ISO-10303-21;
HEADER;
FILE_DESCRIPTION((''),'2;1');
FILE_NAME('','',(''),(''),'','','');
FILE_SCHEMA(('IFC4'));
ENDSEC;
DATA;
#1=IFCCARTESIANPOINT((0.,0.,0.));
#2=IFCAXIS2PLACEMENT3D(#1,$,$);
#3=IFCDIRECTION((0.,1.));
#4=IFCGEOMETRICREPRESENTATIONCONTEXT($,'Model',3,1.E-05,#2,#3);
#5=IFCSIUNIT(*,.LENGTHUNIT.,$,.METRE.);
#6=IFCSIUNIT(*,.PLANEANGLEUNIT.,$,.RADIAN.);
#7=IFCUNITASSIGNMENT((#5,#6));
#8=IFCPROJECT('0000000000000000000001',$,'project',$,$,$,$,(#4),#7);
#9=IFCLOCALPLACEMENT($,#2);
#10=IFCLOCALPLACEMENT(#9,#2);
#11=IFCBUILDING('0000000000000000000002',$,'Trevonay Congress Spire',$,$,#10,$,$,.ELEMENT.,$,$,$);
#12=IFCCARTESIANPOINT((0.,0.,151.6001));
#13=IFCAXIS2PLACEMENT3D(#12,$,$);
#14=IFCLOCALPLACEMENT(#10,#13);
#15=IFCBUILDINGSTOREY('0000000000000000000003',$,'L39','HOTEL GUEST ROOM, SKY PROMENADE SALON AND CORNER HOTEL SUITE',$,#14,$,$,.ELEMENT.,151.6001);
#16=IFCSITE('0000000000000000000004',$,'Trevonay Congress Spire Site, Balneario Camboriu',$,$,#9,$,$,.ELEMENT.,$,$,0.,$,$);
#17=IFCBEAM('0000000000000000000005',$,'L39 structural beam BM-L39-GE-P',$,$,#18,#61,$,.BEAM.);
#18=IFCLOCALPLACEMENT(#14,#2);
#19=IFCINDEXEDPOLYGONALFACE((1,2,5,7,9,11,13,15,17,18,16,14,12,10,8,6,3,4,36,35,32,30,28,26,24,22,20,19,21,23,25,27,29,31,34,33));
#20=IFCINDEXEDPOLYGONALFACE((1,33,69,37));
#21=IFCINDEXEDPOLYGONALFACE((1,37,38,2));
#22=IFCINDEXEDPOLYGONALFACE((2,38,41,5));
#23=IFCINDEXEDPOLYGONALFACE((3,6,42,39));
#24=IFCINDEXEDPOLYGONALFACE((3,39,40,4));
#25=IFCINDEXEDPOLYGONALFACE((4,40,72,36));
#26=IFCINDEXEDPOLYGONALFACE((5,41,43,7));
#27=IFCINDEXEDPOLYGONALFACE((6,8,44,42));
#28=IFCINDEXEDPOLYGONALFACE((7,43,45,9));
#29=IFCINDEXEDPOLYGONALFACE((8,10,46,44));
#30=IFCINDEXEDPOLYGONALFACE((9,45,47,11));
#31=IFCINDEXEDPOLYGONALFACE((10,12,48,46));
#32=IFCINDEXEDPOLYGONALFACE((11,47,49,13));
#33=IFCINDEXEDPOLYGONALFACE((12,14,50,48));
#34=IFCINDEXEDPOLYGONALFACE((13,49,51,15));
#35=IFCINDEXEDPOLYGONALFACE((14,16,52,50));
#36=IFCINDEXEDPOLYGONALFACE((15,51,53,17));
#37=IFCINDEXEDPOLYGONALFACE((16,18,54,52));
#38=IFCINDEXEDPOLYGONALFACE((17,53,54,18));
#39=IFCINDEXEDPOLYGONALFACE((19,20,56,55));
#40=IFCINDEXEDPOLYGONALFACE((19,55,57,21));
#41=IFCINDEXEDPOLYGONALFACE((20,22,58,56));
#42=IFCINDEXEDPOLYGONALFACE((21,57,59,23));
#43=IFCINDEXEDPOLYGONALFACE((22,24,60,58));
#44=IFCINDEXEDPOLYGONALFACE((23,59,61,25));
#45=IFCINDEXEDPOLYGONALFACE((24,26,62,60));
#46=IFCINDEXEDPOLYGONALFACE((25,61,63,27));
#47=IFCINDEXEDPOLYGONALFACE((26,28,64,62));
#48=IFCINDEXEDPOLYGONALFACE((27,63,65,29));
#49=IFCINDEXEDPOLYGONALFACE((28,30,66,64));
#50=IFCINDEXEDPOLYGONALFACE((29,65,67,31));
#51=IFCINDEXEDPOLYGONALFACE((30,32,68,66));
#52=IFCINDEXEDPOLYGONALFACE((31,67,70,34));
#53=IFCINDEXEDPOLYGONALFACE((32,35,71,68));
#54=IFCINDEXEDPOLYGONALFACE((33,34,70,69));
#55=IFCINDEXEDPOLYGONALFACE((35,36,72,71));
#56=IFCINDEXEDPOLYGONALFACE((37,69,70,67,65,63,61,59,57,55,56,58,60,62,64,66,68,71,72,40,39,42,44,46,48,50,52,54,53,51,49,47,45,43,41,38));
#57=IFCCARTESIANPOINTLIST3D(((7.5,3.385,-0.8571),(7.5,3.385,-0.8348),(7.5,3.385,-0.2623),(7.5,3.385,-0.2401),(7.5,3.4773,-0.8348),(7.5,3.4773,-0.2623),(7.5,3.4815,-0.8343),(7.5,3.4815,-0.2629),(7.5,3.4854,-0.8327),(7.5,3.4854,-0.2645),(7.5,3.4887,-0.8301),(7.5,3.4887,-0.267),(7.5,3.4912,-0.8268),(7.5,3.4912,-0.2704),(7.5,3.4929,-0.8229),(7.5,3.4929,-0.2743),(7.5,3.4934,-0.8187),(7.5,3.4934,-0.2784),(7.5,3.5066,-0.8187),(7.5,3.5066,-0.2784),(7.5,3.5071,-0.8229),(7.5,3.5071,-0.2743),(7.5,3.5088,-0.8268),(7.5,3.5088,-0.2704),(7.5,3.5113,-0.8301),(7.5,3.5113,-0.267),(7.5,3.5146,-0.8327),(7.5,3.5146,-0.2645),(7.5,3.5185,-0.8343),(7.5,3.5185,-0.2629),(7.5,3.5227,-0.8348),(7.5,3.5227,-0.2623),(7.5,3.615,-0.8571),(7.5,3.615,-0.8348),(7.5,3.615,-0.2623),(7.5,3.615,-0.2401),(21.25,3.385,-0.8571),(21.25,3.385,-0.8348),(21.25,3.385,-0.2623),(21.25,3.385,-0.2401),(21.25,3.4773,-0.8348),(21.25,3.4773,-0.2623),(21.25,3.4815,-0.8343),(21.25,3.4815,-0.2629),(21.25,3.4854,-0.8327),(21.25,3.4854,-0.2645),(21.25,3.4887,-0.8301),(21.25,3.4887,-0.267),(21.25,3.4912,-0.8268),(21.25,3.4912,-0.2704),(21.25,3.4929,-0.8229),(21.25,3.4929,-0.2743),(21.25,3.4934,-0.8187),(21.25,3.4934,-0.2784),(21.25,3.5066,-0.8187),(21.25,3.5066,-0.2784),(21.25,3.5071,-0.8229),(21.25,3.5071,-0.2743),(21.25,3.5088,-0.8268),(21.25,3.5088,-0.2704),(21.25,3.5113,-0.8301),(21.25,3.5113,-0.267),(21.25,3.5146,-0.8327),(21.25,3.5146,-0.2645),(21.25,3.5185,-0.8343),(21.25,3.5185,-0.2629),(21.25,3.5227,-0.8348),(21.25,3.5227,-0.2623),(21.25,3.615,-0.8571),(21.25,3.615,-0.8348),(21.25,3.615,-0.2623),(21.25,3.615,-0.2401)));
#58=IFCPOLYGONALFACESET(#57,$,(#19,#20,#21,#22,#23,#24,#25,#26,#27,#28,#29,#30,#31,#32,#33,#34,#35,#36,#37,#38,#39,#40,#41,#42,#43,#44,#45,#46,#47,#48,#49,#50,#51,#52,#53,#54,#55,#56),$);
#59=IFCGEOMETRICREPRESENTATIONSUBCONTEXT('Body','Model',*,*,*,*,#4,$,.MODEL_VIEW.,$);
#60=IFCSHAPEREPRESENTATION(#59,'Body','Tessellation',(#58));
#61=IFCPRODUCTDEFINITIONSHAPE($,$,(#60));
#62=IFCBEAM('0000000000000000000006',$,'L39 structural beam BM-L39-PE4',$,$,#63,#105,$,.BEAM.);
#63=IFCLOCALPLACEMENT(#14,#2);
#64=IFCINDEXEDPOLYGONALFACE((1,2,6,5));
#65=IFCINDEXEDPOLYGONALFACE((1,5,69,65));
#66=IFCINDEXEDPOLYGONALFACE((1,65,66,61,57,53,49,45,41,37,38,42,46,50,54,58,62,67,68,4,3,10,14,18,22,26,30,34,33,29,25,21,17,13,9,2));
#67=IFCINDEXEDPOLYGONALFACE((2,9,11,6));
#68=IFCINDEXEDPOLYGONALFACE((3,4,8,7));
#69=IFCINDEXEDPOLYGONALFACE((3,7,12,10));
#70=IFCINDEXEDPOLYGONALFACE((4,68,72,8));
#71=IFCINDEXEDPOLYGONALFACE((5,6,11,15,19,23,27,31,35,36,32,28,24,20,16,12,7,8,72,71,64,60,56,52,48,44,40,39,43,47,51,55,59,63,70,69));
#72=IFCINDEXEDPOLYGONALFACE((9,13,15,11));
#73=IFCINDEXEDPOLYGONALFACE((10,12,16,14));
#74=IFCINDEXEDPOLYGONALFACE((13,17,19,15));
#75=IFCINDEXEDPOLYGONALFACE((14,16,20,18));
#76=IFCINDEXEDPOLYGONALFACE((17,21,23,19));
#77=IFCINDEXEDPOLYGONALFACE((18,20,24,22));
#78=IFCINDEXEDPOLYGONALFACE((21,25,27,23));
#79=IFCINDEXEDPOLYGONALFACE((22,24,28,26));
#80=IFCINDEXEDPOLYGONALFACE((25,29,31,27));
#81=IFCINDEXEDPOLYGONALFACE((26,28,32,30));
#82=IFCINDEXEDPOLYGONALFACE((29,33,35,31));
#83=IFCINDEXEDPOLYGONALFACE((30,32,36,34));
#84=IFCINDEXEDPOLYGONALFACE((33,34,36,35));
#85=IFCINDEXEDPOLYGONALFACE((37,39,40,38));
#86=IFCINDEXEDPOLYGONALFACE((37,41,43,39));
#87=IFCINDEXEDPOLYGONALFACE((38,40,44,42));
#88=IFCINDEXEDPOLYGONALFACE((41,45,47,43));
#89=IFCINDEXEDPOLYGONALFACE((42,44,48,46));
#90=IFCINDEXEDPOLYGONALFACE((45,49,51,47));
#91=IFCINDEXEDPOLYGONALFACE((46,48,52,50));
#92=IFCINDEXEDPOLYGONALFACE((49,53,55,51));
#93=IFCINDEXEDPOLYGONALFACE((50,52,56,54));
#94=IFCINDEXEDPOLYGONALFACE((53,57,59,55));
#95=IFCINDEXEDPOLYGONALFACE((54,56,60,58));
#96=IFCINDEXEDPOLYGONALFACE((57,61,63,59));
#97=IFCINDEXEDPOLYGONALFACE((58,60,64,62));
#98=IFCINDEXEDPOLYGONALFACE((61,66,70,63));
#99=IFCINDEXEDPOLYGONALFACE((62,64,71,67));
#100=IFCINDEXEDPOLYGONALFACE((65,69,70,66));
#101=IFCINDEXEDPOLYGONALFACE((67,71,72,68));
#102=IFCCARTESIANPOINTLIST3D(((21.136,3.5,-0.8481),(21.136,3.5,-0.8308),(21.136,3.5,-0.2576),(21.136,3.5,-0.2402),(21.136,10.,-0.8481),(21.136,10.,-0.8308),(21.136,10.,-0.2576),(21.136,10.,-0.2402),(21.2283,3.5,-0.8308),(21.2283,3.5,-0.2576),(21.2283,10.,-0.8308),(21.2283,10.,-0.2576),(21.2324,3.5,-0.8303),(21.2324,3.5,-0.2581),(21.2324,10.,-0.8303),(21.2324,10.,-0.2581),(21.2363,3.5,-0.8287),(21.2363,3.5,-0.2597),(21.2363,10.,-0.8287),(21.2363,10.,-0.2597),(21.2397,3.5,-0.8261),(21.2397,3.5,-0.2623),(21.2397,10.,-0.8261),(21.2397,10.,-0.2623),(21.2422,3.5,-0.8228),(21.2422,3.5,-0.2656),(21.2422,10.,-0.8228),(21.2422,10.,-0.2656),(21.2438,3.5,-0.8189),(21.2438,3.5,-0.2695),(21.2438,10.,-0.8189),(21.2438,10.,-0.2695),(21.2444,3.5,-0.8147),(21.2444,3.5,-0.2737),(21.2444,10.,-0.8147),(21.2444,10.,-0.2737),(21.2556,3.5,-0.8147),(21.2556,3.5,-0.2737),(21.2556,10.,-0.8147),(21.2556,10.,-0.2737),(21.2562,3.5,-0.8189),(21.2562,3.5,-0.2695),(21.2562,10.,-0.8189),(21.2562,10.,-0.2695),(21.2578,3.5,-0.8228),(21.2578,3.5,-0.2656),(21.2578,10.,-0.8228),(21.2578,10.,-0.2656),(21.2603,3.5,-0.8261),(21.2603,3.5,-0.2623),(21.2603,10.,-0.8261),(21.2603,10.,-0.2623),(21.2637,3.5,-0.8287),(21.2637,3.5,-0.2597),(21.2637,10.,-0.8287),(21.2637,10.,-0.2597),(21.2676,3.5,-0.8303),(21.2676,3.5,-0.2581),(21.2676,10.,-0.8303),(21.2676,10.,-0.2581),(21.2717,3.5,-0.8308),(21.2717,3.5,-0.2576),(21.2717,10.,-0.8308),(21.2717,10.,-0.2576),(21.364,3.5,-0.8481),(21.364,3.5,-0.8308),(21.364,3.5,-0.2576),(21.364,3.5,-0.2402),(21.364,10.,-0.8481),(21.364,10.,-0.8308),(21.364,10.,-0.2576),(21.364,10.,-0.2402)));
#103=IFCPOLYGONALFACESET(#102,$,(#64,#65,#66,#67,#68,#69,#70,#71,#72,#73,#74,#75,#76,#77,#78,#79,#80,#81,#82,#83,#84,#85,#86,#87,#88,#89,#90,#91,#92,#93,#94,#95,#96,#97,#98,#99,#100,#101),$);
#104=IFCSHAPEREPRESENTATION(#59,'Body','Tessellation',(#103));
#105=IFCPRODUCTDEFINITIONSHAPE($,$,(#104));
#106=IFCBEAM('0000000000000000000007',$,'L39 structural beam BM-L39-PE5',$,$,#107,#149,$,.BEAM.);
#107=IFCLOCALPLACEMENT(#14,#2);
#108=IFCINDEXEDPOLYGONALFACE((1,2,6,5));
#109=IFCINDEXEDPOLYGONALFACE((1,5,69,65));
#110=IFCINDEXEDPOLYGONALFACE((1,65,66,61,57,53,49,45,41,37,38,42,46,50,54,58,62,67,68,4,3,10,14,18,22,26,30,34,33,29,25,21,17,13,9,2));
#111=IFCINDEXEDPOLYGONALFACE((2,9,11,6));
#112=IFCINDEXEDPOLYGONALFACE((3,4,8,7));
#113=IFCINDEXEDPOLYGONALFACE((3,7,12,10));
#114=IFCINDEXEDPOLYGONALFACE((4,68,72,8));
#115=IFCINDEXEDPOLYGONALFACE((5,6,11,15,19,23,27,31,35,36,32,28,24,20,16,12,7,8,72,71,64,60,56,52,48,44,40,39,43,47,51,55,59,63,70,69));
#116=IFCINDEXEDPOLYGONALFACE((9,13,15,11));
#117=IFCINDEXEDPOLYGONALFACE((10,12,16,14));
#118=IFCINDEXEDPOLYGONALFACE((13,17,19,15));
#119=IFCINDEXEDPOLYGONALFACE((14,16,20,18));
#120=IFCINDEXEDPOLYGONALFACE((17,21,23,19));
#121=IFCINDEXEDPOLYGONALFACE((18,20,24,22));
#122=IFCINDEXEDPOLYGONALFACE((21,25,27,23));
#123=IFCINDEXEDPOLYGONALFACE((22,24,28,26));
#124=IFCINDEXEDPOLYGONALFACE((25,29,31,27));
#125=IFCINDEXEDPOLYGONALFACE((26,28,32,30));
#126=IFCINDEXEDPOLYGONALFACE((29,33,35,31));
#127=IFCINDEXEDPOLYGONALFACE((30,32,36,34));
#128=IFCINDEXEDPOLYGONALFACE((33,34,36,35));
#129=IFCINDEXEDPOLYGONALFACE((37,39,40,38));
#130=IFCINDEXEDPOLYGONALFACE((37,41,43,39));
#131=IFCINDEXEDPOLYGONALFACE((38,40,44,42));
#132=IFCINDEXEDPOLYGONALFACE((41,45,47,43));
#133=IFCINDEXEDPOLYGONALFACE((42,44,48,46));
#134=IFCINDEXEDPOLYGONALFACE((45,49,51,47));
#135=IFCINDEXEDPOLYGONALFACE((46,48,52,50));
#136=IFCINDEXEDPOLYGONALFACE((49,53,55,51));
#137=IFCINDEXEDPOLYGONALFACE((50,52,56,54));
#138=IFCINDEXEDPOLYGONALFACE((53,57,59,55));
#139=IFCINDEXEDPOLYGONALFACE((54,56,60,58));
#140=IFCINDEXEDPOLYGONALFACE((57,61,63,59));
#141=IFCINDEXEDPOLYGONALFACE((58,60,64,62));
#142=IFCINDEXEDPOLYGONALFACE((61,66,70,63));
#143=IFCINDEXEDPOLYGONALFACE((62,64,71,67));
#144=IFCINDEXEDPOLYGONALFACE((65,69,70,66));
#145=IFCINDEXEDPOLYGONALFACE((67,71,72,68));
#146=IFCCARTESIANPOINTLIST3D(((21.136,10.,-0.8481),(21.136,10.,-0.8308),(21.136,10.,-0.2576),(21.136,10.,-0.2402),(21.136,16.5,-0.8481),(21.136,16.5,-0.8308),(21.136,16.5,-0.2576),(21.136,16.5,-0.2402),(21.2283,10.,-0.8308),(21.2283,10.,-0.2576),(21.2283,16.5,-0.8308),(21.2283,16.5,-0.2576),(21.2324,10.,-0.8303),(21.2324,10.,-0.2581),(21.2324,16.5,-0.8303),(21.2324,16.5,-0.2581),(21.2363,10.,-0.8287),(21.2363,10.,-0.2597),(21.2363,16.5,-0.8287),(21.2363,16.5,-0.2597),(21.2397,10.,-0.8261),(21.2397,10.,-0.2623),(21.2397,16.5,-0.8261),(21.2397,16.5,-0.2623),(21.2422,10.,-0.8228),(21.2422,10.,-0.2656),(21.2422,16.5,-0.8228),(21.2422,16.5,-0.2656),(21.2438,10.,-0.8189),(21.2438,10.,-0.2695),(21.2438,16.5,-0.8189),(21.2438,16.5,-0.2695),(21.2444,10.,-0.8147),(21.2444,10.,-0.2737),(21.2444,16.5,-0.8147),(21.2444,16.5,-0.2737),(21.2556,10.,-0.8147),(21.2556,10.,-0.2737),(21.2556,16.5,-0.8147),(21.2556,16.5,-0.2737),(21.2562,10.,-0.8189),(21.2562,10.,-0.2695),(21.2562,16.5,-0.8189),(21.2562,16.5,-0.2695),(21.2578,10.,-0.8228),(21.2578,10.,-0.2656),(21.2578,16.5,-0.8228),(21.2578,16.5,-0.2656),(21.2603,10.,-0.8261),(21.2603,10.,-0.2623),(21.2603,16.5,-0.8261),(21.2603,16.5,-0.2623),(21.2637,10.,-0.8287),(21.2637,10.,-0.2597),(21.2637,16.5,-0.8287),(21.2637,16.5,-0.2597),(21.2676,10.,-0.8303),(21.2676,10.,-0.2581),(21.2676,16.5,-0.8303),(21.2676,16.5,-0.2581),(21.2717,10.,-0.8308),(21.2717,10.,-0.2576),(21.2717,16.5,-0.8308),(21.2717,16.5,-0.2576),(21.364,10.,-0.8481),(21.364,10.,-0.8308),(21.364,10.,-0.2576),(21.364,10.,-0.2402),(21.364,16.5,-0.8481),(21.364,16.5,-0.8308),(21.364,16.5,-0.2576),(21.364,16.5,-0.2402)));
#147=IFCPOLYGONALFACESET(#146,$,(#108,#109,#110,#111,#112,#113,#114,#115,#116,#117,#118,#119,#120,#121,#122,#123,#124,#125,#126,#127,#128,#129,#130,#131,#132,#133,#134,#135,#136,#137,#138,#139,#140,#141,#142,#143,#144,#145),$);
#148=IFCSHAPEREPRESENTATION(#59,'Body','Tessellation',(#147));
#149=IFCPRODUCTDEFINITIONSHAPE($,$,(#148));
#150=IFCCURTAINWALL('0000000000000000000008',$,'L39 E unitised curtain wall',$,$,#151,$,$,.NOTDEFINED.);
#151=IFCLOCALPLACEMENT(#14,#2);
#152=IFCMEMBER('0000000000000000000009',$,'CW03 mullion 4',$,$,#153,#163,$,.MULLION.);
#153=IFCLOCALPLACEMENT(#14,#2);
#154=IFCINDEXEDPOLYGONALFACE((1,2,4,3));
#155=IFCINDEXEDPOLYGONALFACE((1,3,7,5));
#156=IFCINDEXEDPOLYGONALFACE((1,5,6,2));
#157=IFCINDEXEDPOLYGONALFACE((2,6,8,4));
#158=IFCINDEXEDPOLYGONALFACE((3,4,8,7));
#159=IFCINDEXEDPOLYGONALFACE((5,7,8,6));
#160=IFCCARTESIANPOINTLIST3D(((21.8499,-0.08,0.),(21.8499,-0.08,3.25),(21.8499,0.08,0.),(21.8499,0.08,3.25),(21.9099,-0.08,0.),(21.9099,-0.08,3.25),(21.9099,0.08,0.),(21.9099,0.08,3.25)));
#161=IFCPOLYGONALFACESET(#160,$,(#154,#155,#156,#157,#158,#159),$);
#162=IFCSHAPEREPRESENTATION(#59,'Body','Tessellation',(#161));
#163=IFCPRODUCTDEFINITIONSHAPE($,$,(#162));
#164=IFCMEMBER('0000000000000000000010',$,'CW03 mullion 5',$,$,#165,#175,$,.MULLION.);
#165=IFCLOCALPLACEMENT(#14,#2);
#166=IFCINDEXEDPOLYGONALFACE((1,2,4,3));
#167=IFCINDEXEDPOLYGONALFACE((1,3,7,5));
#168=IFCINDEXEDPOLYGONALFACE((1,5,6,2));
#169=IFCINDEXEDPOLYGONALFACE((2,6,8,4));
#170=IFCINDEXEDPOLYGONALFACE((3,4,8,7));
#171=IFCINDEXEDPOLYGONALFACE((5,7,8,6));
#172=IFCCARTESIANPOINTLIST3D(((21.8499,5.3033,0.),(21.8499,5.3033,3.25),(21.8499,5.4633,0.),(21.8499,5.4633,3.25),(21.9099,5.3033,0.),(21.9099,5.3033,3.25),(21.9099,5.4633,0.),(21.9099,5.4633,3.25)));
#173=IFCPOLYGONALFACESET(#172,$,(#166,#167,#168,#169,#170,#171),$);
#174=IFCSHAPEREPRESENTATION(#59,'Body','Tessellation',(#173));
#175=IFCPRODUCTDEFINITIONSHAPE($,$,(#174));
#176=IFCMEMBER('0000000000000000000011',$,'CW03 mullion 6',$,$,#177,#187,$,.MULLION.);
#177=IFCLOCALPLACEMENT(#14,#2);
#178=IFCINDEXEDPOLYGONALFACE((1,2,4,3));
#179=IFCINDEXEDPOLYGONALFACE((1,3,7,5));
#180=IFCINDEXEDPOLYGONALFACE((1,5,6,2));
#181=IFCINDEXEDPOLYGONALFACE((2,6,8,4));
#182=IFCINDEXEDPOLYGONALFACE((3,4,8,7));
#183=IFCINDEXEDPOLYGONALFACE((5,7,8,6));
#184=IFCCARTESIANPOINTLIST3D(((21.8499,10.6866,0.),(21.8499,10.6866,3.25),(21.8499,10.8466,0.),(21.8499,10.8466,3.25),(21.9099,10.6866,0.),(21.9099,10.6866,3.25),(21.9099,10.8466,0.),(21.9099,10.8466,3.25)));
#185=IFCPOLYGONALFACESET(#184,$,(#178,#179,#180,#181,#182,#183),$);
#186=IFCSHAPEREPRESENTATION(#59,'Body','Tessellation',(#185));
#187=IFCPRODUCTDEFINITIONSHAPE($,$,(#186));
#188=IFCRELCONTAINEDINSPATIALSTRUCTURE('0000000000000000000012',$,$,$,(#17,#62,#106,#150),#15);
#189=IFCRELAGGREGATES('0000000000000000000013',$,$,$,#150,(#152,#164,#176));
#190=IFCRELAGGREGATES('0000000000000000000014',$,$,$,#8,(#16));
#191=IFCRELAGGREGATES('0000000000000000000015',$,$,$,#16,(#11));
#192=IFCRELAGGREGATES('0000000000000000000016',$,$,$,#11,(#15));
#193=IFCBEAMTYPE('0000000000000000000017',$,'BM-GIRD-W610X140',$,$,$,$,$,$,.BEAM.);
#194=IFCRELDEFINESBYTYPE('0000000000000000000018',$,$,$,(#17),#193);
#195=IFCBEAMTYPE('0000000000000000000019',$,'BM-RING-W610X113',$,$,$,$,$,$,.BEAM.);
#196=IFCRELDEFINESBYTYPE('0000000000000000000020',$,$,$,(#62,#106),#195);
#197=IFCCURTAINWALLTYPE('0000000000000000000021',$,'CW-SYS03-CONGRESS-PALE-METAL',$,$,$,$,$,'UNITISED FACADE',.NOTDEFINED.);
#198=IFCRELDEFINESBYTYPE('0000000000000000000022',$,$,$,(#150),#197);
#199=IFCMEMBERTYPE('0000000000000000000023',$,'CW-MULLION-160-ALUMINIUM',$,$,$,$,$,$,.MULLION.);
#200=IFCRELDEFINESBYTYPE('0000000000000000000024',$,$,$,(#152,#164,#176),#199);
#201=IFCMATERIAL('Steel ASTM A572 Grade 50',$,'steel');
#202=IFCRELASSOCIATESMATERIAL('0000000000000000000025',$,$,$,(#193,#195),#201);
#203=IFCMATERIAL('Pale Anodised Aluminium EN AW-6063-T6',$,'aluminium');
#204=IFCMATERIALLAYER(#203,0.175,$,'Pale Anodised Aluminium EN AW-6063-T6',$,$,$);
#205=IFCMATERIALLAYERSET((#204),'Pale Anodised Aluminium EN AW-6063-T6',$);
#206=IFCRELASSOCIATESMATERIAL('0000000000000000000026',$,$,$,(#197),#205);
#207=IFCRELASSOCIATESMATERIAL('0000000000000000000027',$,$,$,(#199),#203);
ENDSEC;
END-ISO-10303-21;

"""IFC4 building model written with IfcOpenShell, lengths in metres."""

from ifc_helpers import new_model, si_unit, direction, frame, origin, origin_2d, place, context, subcontext, project, spatial, rectangle, i_section, extrude, material, layer, layer_set, material_profile, profile_set, type_object, element, aggregate, save


model = new_model("IFC4")

# Units and contexts
model_context = context("Model", 3, precision=1e-05, world=origin(), true_north=direction((0.0, 1.0)))
body_context = subcontext(model_context, "Body", "Model", "MODEL_VIEW")
ifc_project = project(units=[si_unit("LENGTHUNIT", "METRE"), si_unit("PLANEANGLEUNIT", "RADIAN")], contexts=[model_context])

# Site, building, storey
site_placement = place(None, origin())
site = spatial("IfcSite", under=ifc_project, at=site_placement, Name="Trevonay Congress Spire Site, Balneario Camboriu", CompositionType="ELEMENT", RefElevation=0.0)
building_placement = place(site_placement, origin())
building = spatial("IfcBuilding", under=site, at=building_placement, Name="Trevonay Congress Spire", CompositionType="ELEMENT")
storey_placement = place(building_placement, frame((0.0, 0.0, 151.6001)))
storey = spatial("IfcBuildingStorey", under=building, at=storey_placement, Name="L39", Description="HOTEL GUEST ROOM, SKY PROMENADE SALON AND CORNER HOTEL SUITE", CompositionType="ELEMENT", Elevation=151.6001)

# Shared definitions
ifc_material_1 = material(Name="Steel ASTM A572 Grade 50", Category="steel")

# Beams
ifc_material_profile_1 = material_profile(ifc_material_1, i_section(OverallWidth=0.23, OverallDepth=0.6169, WebThickness=0.0132, FlangeThickness=0.0222, FilletRadius=0.0161, at=origin_2d()), Name="W610x140")
ifc_profile_set_1 = profile_set([ifc_material_profile_1], Name="Steel ASTM A572 Grade 50")
beam_type_1 = type_object("IfcBeamType", Name="BM-GIRD-W610X140", PredefinedType="BEAM", material=ifc_profile_set_1)
beam_1_placement = place(storey_placement, frame((7.5, 3.5, -0.5486), z_axis=(1.0, 0.0, 0.0), x_axis=(0.0, 1.0, 0.0)))
element("IfcBeam", 1, at=beam_1_placement, inside=storey, type_object=beam_type_1, Name="L39 structural beam BM-L39-GE-P", PredefinedType="BEAM", context=body_context, shape_type="SweptSolid", body=[
    extrude(i_section(OverallWidth=0.23, OverallDepth=0.6169, WebThickness=0.0132, FlangeThickness=0.0222, FilletRadius=0.0161, at=origin_2d()), origin(), (0.0, 0.0, 1.0), 13.75),
])
ifc_material_profile_2 = material_profile(ifc_material_1, i_section(OverallWidth=0.228, OverallDepth=0.6079, WebThickness=0.0112, FlangeThickness=0.0173, FilletRadius=0.0161, at=origin_2d()), Name="W610x113")
ifc_profile_set_2 = profile_set([ifc_material_profile_2], Name="Steel ASTM A572 Grade 50")
beam_type_2 = type_object("IfcBeamType", Name="BM-RING-W610X113", PredefinedType="BEAM", material=ifc_profile_set_2)
for number, where, z_axis, x_axis, name in (
    (2, (21.25, 3.5, -0.5442), (0.0, 1.0, 0.0), (-1.0, 0.0, 0.0), "L39 structural beam BM-L39-PE4"),
    (3, (21.25, 10.0, -0.5442), (0.0, 1.0, 0.0), (-1.0, 0.0, 0.0), "L39 structural beam BM-L39-PE5"),
):
    element("IfcBeam", number, at=place(storey_placement, frame(where, z_axis=z_axis, x_axis=x_axis)), inside=storey, type_object=beam_type_2, Name=name, PredefinedType="BEAM", context=body_context, shape_type="SweptSolid", body=[
        extrude(i_section(OverallWidth=0.228, OverallDepth=0.6079, WebThickness=0.0112, FlangeThickness=0.0173, FilletRadius=0.0161, at=origin_2d()), origin(), (0.0, 0.0, 1.0), 6.5),
    ])

# Curtain wall, members
ifc_material_2 = material(Name="Pale Anodised Aluminium EN AW-6063-T6", Category="aluminium")
ifc_layer_1 = layer(ifc_material_2, 0.175, Name="Pale Anodised Aluminium EN AW-6063-T6")
ifc_layer_set_1 = layer_set([ifc_layer_1], Name="Pale Anodised Aluminium EN AW-6063-T6")
curtain_wall_type = type_object("IfcCurtainWallType", Name="CW-SYS03-CONGRESS-PALE-METAL", ElementType="UNITISED FACADE", PredefinedType="NOTDEFINED", material=ifc_layer_set_1)
curtain_wall_placement = place(storey_placement, origin())
curtain_wall = element("IfcCurtainWall", 4, at=curtain_wall_placement, inside=storey, type_object=curtain_wall_type, Name="L39 E unitised curtain wall", PredefinedType="NOTDEFINED")
ifc_material_profile_3 = material_profile(ifc_material_2, rectangle(XDim=0.0601, YDim=0.1599, at=origin_2d()), Name="CW-MULLION-160-ALUMINIUM")
ifc_profile_set_3 = profile_set([ifc_material_profile_3], Name="Pale Anodised Aluminium EN AW-6063-T6")
member_type_1 = type_object("IfcMemberType", Name="CW-MULLION-160-ALUMINIUM", PredefinedType="MULLION", material=ifc_profile_set_3)
member_1_placement = place(storey_placement, frame((21.8799, 0.0, 0.0), z_axis=(0.0, 0.0, 1.0), x_axis=(-1.0, 0.0, 0.0)))
member_1 = element("IfcMember", 5, at=member_1_placement, type_object=member_type_1, Name="CW03 mullion 4", PredefinedType="MULLION", context=body_context, shape_type="SweptSolid", body=[
    extrude(rectangle(XDim=0.0601, YDim=0.1599, at=origin_2d()), origin(), (0.0, 0.0, 1.0), 3.25),
])
member_2_placement = place(storey_placement, frame((21.8799, 5.3833, 0.0), z_axis=(0.0, 0.0, 1.0), x_axis=(-1.0, 0.0, 0.0)))
member_2 = element("IfcMember", 6, at=member_2_placement, type_object=member_type_1, Name="CW03 mullion 5", PredefinedType="MULLION", context=body_context, shape_type="SweptSolid", body=[
    extrude(rectangle(XDim=0.0601, YDim=0.1599, at=origin_2d()), origin(), (0.0, 0.0, 1.0), 3.25),
])
member_3_placement = place(storey_placement, frame((21.8799, 10.7666, 0.0), z_axis=(0.0, 0.0, 1.0), x_axis=(-1.0, 0.0, 0.0)))
member_3 = element("IfcMember", 7, at=member_3_placement, type_object=member_type_1, Name="CW03 mullion 6", PredefinedType="MULLION", context=body_context, shape_type="SweptSolid", body=[
    extrude(rectangle(XDim=0.0601, YDim=0.1599, at=origin_2d()), origin(), (0.0, 0.0, 1.0), 3.25),
])
aggregate(curtain_wall, [member_1, member_2, member_3])

save(model, "model.ifc")
